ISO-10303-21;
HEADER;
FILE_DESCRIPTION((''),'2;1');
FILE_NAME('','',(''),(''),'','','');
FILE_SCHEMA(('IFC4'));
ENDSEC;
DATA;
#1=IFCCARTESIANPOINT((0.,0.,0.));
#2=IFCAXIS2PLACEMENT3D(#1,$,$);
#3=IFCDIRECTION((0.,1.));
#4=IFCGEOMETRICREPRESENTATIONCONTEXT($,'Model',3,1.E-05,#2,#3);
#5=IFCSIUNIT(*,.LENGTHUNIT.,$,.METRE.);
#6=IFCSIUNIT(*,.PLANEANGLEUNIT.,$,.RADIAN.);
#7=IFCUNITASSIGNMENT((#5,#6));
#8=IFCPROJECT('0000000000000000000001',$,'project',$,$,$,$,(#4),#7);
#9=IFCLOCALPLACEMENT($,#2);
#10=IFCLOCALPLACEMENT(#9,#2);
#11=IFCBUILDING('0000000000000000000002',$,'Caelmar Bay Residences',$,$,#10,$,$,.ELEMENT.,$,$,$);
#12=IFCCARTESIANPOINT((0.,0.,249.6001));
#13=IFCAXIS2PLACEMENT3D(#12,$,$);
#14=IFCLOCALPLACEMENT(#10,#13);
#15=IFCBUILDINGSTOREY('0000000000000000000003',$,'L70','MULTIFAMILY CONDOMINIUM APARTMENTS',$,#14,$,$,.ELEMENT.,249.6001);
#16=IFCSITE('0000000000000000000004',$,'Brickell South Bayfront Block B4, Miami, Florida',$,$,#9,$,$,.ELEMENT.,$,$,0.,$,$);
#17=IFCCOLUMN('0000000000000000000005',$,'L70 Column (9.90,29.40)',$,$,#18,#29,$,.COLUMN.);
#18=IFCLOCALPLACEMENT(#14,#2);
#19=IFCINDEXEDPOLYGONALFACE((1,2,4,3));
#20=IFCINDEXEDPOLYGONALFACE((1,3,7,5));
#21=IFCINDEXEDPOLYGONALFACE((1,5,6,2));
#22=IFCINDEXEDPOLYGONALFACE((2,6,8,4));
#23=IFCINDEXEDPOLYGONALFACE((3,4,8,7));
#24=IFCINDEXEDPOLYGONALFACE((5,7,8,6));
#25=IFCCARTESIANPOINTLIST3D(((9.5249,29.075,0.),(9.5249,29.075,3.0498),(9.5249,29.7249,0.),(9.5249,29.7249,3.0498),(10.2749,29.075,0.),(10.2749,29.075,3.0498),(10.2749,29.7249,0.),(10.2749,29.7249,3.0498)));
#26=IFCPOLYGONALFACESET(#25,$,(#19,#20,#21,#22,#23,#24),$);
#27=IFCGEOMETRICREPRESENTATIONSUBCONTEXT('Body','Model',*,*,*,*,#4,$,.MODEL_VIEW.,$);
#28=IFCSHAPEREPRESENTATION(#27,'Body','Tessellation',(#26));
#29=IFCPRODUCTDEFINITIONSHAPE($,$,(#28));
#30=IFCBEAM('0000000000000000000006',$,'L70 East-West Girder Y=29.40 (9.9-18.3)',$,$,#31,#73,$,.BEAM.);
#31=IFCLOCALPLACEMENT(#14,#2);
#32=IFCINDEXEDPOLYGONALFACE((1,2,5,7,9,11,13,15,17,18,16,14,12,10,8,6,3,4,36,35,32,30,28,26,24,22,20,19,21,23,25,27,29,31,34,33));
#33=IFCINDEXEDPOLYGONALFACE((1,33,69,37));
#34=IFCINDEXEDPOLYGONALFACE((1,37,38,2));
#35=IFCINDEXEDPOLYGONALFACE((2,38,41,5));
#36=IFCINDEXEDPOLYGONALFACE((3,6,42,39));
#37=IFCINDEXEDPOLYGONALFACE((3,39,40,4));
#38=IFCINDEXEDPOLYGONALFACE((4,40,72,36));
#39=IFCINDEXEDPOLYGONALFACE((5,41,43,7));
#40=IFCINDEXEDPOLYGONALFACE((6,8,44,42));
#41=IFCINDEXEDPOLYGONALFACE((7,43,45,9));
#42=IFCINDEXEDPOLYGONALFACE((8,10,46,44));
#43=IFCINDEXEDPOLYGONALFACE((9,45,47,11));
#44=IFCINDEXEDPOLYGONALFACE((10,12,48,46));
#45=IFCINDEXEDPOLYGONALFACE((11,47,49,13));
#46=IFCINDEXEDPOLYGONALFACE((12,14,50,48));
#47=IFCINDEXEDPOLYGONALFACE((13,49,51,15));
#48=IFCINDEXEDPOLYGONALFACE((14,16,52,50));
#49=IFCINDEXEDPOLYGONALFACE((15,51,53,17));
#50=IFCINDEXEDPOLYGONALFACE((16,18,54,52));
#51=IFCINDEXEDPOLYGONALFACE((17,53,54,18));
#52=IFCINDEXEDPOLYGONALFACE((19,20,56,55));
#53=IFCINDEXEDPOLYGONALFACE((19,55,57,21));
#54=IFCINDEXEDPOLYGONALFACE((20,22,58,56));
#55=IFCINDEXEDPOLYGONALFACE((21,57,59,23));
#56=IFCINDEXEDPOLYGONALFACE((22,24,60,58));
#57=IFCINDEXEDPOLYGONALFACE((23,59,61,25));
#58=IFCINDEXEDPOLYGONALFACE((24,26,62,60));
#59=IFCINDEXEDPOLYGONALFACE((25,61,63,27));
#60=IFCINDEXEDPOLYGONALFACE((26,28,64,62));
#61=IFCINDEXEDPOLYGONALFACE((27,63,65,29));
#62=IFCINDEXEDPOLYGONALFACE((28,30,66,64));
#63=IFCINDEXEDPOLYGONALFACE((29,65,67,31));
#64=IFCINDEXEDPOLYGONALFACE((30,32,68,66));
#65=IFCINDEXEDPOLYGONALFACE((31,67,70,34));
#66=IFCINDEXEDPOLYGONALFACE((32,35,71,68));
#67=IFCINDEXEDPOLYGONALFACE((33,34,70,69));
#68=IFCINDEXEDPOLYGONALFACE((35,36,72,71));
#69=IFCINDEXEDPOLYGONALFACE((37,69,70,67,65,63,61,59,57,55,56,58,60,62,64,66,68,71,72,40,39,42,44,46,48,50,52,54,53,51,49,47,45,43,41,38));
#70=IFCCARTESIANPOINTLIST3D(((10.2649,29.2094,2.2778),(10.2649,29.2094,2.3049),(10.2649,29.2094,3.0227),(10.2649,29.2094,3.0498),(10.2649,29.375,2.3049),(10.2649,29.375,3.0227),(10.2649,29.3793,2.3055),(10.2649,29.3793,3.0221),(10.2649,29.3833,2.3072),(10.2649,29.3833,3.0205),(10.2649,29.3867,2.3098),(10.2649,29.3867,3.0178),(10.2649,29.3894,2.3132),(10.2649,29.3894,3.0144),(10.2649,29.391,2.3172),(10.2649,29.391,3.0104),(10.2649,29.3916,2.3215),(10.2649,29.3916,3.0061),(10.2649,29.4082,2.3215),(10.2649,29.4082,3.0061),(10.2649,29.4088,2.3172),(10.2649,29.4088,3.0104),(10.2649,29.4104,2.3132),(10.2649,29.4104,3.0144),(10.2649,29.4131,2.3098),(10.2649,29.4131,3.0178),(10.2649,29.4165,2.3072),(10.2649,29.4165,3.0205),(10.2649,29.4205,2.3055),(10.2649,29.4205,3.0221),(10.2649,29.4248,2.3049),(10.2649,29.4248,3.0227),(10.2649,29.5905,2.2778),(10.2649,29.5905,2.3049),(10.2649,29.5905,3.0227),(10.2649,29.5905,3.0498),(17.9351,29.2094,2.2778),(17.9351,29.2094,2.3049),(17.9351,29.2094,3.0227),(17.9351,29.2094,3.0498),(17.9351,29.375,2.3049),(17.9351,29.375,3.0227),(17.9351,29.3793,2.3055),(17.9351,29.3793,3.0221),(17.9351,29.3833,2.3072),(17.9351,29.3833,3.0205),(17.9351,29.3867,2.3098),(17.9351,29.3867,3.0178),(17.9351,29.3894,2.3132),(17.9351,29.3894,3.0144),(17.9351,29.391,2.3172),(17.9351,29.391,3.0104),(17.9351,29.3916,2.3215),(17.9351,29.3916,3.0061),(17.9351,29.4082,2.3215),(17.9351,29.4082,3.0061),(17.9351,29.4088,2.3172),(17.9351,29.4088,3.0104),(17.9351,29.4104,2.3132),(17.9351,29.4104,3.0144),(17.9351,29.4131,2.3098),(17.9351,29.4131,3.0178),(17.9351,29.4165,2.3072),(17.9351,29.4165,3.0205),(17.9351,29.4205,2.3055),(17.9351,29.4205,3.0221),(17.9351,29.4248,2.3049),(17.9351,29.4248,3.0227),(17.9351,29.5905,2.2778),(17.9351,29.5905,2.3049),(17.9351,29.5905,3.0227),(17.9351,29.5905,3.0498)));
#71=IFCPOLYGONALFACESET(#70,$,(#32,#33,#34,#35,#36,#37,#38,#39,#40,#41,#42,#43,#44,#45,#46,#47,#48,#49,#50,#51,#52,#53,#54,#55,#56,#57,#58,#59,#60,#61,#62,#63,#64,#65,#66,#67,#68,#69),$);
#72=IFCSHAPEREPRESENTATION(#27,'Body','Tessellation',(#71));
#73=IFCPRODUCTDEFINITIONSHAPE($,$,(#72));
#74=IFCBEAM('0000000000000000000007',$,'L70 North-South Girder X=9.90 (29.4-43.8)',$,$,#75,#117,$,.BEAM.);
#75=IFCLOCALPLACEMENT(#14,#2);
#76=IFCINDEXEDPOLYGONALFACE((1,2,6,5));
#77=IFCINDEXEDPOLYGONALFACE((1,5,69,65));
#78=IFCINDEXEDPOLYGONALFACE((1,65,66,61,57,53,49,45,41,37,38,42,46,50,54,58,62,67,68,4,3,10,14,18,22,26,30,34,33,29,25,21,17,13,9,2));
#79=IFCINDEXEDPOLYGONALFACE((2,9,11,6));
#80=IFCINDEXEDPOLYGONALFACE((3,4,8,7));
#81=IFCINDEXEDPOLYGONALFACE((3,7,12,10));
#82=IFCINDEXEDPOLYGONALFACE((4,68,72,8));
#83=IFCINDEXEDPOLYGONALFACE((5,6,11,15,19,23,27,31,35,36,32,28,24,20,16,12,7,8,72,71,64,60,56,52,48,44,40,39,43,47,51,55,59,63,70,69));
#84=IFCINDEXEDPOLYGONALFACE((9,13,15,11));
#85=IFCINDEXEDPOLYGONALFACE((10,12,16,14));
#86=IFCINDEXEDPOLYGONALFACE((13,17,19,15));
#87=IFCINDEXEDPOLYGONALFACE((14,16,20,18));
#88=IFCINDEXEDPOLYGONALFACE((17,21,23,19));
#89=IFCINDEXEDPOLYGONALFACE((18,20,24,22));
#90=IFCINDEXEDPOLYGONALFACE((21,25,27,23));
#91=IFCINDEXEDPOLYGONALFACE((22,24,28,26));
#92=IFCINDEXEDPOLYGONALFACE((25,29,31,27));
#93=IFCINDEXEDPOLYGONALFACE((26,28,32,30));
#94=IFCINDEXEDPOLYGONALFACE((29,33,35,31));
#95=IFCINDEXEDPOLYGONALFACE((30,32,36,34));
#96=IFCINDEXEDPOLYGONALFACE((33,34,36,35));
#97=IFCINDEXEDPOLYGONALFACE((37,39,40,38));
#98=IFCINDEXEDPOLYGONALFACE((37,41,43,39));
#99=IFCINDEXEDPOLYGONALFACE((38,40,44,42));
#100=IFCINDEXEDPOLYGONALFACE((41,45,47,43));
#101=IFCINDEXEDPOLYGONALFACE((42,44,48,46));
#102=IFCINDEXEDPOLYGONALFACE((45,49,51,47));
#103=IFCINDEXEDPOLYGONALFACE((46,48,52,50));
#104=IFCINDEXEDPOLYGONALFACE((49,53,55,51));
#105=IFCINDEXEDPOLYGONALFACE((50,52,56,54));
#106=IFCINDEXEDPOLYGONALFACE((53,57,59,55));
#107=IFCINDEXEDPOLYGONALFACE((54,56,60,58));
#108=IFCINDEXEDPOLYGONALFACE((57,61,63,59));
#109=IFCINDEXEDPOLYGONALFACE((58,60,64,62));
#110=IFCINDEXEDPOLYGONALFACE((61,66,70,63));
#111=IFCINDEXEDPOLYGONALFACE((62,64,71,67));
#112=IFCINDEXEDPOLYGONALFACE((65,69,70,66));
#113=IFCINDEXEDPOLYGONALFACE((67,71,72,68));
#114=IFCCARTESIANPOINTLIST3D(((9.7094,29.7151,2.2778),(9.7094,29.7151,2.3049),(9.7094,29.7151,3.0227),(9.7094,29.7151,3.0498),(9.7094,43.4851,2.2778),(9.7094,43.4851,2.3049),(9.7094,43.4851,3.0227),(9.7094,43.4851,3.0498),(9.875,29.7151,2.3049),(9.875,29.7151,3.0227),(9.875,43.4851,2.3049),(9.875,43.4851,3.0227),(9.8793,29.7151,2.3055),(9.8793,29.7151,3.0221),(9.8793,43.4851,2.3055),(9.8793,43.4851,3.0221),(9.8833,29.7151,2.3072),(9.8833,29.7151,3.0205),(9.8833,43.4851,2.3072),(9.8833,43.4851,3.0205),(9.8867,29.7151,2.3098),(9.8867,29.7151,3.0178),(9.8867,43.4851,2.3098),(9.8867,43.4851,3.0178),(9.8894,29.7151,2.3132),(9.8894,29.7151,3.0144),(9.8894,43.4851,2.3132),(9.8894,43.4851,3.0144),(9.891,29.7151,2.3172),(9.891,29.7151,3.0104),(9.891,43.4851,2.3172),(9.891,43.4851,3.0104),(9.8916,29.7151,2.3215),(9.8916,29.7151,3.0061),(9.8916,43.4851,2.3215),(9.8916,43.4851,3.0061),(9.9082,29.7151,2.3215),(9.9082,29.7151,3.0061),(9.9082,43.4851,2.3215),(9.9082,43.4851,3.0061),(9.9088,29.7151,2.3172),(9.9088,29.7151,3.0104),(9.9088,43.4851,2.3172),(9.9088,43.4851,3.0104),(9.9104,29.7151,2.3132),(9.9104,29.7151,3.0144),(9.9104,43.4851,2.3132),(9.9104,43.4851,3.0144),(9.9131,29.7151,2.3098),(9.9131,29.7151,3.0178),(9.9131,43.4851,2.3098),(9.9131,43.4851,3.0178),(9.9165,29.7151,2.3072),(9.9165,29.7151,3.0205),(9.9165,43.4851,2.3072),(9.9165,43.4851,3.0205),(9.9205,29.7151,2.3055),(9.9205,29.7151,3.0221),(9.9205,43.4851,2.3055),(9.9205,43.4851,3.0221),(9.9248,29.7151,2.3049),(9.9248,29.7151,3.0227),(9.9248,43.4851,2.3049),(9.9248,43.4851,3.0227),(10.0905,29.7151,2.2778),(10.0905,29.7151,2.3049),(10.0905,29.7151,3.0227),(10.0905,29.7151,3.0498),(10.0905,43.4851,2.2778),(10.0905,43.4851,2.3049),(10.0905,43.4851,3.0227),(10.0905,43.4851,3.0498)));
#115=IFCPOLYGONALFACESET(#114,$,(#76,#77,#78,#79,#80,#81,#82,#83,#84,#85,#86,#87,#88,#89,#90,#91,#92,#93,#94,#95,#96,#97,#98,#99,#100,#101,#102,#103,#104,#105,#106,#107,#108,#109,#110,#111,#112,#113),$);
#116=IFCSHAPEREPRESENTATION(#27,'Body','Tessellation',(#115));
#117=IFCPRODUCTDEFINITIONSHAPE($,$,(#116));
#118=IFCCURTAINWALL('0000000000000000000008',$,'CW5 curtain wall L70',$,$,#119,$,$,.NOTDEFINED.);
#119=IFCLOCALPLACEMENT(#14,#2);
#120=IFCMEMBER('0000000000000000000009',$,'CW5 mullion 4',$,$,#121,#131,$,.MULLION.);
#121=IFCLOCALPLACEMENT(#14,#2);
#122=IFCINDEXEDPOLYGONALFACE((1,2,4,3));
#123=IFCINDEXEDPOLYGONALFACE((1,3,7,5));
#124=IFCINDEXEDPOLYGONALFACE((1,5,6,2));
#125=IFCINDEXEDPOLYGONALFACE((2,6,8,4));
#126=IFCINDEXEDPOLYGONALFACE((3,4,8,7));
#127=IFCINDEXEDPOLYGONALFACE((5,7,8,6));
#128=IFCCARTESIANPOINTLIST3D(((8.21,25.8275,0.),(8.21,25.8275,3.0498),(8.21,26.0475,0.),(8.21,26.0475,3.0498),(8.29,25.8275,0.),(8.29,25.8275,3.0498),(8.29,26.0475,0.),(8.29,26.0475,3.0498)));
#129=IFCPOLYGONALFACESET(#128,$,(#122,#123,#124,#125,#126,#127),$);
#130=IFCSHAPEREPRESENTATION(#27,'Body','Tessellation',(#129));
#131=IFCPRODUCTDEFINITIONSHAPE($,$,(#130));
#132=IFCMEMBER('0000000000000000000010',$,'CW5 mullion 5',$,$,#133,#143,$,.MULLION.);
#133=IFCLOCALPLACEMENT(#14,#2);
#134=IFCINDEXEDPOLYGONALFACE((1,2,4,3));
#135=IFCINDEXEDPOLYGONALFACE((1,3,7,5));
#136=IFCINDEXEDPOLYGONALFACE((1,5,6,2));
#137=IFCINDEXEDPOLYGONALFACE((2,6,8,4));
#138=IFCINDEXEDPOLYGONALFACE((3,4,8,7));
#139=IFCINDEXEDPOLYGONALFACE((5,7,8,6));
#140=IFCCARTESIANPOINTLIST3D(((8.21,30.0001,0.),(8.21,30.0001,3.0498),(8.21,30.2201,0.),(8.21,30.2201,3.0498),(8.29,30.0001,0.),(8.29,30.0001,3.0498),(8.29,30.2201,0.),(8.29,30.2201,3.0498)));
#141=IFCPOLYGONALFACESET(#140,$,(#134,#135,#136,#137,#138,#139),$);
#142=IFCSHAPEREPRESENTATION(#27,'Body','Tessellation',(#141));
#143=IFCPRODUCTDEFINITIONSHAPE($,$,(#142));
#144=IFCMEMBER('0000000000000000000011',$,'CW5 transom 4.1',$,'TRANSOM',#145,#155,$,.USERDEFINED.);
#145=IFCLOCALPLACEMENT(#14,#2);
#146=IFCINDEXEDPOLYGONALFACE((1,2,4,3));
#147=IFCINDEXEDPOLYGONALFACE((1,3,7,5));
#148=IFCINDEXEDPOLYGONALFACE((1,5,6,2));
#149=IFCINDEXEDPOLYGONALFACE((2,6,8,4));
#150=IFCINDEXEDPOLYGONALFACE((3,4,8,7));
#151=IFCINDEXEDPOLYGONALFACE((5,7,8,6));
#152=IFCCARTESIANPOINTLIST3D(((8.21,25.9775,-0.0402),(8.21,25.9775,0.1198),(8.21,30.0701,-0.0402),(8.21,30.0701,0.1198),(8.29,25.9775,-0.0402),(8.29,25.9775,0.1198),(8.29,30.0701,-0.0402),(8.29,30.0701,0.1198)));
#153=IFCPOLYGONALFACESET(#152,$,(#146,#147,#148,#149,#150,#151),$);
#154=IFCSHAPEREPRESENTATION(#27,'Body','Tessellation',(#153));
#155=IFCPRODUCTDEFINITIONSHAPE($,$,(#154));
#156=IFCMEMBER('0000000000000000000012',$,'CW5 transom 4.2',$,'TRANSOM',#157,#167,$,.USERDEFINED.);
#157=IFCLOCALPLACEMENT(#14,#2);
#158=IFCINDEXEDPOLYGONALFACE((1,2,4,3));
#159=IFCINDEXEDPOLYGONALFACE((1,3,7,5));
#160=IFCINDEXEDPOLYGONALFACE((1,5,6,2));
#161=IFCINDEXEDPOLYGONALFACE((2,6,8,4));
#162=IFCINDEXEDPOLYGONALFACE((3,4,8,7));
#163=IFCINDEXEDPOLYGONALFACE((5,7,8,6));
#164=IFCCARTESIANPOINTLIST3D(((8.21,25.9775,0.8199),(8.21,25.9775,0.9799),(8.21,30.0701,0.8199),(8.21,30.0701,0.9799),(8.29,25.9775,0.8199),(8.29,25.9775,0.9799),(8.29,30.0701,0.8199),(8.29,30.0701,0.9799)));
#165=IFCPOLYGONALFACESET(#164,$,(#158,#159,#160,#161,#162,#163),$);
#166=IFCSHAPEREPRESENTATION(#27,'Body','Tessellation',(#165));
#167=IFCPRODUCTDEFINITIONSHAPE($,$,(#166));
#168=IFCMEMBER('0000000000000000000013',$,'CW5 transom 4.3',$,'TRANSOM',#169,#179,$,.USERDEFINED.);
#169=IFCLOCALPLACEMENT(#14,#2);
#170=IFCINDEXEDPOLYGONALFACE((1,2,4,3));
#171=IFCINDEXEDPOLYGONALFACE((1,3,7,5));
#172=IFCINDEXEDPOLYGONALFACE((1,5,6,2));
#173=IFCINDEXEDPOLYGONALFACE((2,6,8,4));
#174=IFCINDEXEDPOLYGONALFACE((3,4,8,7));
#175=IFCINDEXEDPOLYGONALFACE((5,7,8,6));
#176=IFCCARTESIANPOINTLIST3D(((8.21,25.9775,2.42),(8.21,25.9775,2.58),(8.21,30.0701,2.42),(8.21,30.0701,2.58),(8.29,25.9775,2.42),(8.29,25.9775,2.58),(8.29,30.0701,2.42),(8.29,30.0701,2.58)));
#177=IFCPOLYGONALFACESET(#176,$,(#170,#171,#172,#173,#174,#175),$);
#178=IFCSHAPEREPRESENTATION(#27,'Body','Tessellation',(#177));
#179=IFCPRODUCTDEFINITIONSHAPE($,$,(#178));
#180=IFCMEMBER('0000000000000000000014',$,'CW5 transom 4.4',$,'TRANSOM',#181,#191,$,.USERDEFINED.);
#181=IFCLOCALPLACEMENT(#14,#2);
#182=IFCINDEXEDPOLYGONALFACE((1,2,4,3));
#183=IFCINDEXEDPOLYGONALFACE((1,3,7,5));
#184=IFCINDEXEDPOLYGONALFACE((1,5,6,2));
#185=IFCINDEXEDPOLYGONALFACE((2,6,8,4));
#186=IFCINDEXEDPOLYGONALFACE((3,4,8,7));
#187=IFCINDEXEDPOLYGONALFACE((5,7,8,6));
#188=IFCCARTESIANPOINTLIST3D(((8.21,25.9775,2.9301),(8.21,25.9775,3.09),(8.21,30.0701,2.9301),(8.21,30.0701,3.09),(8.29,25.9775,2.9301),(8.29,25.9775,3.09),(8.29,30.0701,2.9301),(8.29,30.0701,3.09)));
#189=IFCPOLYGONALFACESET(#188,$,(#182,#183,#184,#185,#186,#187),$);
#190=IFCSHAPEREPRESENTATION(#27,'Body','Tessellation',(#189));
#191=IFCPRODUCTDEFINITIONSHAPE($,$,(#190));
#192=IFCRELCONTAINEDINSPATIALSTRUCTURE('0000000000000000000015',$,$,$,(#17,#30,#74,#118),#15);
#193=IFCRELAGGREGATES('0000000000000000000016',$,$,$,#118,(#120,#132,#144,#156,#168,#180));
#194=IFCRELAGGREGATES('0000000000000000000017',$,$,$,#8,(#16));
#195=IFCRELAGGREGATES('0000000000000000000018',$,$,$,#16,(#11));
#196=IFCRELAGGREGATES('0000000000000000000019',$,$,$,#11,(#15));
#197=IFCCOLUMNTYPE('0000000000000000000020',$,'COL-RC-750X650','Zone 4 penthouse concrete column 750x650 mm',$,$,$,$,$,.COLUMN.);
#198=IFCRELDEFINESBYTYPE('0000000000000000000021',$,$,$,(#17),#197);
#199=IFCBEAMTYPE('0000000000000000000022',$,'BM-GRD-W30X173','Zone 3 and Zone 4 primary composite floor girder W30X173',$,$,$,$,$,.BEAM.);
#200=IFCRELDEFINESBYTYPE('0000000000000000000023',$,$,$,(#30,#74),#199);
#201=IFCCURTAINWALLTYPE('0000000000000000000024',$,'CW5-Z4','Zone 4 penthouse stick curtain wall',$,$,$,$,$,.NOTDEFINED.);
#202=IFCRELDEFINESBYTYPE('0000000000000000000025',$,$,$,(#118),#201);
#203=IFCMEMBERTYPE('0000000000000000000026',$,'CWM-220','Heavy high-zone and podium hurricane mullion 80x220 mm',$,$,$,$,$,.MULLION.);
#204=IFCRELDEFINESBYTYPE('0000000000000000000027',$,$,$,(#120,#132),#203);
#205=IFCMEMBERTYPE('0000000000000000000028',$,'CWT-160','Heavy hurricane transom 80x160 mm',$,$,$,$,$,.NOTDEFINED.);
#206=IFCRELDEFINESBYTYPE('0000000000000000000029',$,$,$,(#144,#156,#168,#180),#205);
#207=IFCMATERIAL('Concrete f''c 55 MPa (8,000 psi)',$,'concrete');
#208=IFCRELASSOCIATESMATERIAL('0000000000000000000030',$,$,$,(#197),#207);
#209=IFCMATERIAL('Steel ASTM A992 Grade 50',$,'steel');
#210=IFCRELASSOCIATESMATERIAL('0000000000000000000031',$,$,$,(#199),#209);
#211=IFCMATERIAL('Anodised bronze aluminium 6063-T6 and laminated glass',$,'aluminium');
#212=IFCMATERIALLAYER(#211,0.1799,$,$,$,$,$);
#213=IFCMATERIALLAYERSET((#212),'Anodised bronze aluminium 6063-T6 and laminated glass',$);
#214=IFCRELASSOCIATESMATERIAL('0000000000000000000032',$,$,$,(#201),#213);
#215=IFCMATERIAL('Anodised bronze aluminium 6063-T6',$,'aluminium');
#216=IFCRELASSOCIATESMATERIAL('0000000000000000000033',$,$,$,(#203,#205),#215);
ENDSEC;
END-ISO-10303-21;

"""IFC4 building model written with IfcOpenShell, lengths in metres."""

from ifc_helpers import new_model, si_unit, direction, frame, origin, origin_2d, place, context, subcontext, project, spatial, rectangle, i_section, extrude, material, layer, layer_set, material_profile, profile_set, type_object, element, aggregate, save


model = new_model("IFC4")

# Units and contexts
model_context = context("Model", 3, precision=1e-05, world=origin(), true_north=direction((0.0, 1.0)))
body_context = subcontext(model_context, "Body", "Model", "MODEL_VIEW")
ifc_project = project(units=[si_unit("LENGTHUNIT", "METRE"), si_unit("PLANEANGLEUNIT", "RADIAN")], contexts=[model_context])

# Site, building, storey
site_placement = place(None, origin())
site = spatial("IfcSite", under=ifc_project, at=site_placement, Name="Brickell South Bayfront Block B4, Miami, Florida", CompositionType="ELEMENT", RefElevation=0.0)
building_placement = place(site_placement, origin())
building = spatial("IfcBuilding", under=site, at=building_placement, Name="Caelmar Bay Residences", CompositionType="ELEMENT")
storey_placement = place(building_placement, frame((0.0, 0.0, 249.6001)))
storey = spatial("IfcBuildingStorey", under=building, at=storey_placement, Name="L70", Description="MULTIFAMILY CONDOMINIUM APARTMENTS", CompositionType="ELEMENT", Elevation=249.6001)

# Column
ifc_material_1 = material(Name="Concrete f'c 55 MPa (8,000 psi)", Category="concrete")
ifc_material_profile_1 = material_profile(ifc_material_1, rectangle(XDim=0.75, YDim=0.6499, at=origin_2d()), Name="RC-COL-750X650")
ifc_profile_set_1 = profile_set([ifc_material_profile_1], Name="Concrete f'c 55 MPa (8,000 psi)")
column_type = type_object("IfcColumnType", Name="COL-RC-750X650", Description="Zone 4 penthouse concrete column 750x650 mm", PredefinedType="COLUMN", material=ifc_profile_set_1)
column_placement = place(storey_placement, frame((9.8999, 29.3999, 0.0), z_axis=(0.0, 0.0, 1.0), x_axis=(1.0, 0.0, 0.0)))
element("IfcColumn", 1, at=column_placement, inside=storey, type_object=column_type, Name="L70 Column (9.90,29.40)", PredefinedType="COLUMN", context=body_context, shape_type="SweptSolid", body=[
    extrude(rectangle(XDim=0.75, YDim=0.6499, at=origin_2d()), origin(), (0.0, 0.0, 1.0), 3.0498),
])

# Beams
ifc_material_2 = material(Name="Steel ASTM A992 Grade 50", Category="steel")
ifc_material_profile_2 = material_profile(ifc_material_2, i_section(OverallWidth=0.3811, OverallDepth=0.772, WebThickness=0.0166, FlangeThickness=0.0271, FilletRadius=0.0166, at=origin_2d()), Name="W30X173")
ifc_profile_set_2 = profile_set([ifc_material_profile_2], Name="Steel ASTM A992 Grade 50")
beam_type = type_object("IfcBeamType", Name="BM-GRD-W30X173", Description="Zone 3 and Zone 4 primary composite floor girder W30X173", PredefinedType="BEAM", material=ifc_profile_set_2)
beam_1_placement = place(storey_placement, frame((10.2649, 29.3999, 2.6638), z_axis=(1.0, 0.0, 0.0), x_axis=(0.0, 1.0, 0.0)))
element("IfcBeam", 2, at=beam_1_placement, inside=storey, type_object=beam_type, Name="L70 East-West Girder Y=29.40 (9.9-18.3)", PredefinedType="BEAM", context=body_context, shape_type="SweptSolid", body=[
    extrude(i_section(OverallWidth=0.3811, OverallDepth=0.772, WebThickness=0.0166, FlangeThickness=0.0271, FilletRadius=0.0166, at=origin_2d()), origin(), (0.0, 0.0, 1.0), 7.6702),
])
beam_2_placement = place(storey_placement, frame((9.8999, 29.7151, 2.6638), z_axis=(0.0, 1.0, 0.0), x_axis=(-1.0, 0.0, 0.0)))
element("IfcBeam", 3, at=beam_2_placement, inside=storey, type_object=beam_type, Name="L70 North-South Girder X=9.90 (29.4-43.8)", PredefinedType="BEAM", context=body_context, shape_type="SweptSolid", body=[
    extrude(i_section(OverallWidth=0.3811, OverallDepth=0.772, WebThickness=0.0166, FlangeThickness=0.0271, FilletRadius=0.0166, at=origin_2d()), origin(), (0.0, 0.0, 1.0), 13.77),
])

# Curtain wall, members
ifc_material_3 = material(Name="Anodised bronze aluminium 6063-T6 and laminated glass", Category="aluminium")
ifc_layer_1 = layer(ifc_material_3, 0.1799)
ifc_layer_set_1 = layer_set([ifc_layer_1], Name="Anodised bronze aluminium 6063-T6 and laminated glass")
curtain_wall_type = type_object("IfcCurtainWallType", Name="CW5-Z4", Description="Zone 4 penthouse stick curtain wall", PredefinedType="NOTDEFINED", material=ifc_layer_set_1)
curtain_wall_placement = place(storey_placement, origin())
curtain_wall = element("IfcCurtainWall", 4, at=curtain_wall_placement, inside=storey, type_object=curtain_wall_type, Name="CW5 curtain wall L70", PredefinedType="NOTDEFINED")
ifc_material_4 = material(Name="Anodised bronze aluminium 6063-T6", Category="aluminium")
ifc_material_profile_3 = material_profile(ifc_material_4, rectangle(XDim=0.0801, YDim=0.22, at=origin_2d()), Name="CWM-80X220")
ifc_profile_set_3 = profile_set([ifc_material_profile_3], Name="Anodised bronze aluminium 6063-T6")
member_type_1 = type_object("IfcMemberType", Name="CWM-220", Description="Heavy high-zone and podium hurricane mullion 80x220 mm", PredefinedType="MULLION", material=ifc_profile_set_3)
member_1_placement = place(storey_placement, frame((8.25, 25.9375, 0.0), z_axis=(0.0, 0.0, 1.0), x_axis=(-1.0, 0.0, 0.0)))
member_1 = element("IfcMember", 5, at=member_1_placement, type_object=member_type_1, Name="CW5 mullion 4", PredefinedType="MULLION", context=body_context, shape_type="SweptSolid", body=[
    extrude(rectangle(XDim=0.0801, YDim=0.22, at=origin_2d()), origin(), (0.0, 0.0, 1.0), 3.0498),
])
member_2_placement = place(storey_placement, frame((8.25, 30.1101, 0.0), z_axis=(0.0, 0.0, 1.0), x_axis=(-1.0, 0.0, 0.0)))
member_2 = element("IfcMember", 6, at=member_2_placement, type_object=member_type_1, Name="CW5 mullion 5", PredefinedType="MULLION", context=body_context, shape_type="SweptSolid", body=[
    extrude(rectangle(XDim=0.0801, YDim=0.22, at=origin_2d()), origin(), (0.0, 0.0, 1.0), 3.0498),
])
ifc_material_profile_4 = material_profile(ifc_material_4, rectangle(XDim=0.0801, YDim=0.1599, at=origin_2d()), Name="CWT-80X160")
ifc_profile_set_4 = profile_set([ifc_material_profile_4], Name="Anodised bronze aluminium 6063-T6")
member_type_2 = type_object("IfcMemberType", Name="CWT-160", Description="Heavy hurricane transom 80x160 mm", PredefinedType="NOTDEFINED", material=ifc_profile_set_4)
member_3_placement = place(storey_placement, frame((8.25, 25.9775, 0.0398), z_axis=(0.0, 1.0, 0.0), x_axis=(-1.0, 0.0, 0.0)))
member_3 = element("IfcMember", 7, at=member_3_placement, type_object=member_type_2, Name="CW5 transom 4.1", ObjectType="TRANSOM", PredefinedType="USERDEFINED", context=body_context, shape_type="SweptSolid", body=[
    extrude(rectangle(XDim=0.0801, YDim=0.1599, at=origin_2d()), origin(), (0.0, 0.0, 1.0), 4.0925),
])
member_4_placement = place(storey_placement, frame((8.25, 25.9775, 0.8999), z_axis=(0.0, 1.0, 0.0), x_axis=(-1.0, 0.0, 0.0)))
member_4 = element("IfcMember", 8, at=member_4_placement, type_object=member_type_2, Name="CW5 transom 4.2", ObjectType="TRANSOM", PredefinedType="USERDEFINED", context=body_context, shape_type="SweptSolid", body=[
    extrude(rectangle(XDim=0.0801, YDim=0.1599, at=origin_2d()), origin(), (0.0, 0.0, 1.0), 4.0925),
])
member_5_placement = place(storey_placement, frame((8.25, 25.9775, 2.5), z_axis=(0.0, 1.0, 0.0), x_axis=(-1.0, 0.0, 0.0)))
member_5 = element("IfcMember", 9, at=member_5_placement, type_object=member_type_2, Name="CW5 transom 4.3", ObjectType="TRANSOM", PredefinedType="USERDEFINED", context=body_context, shape_type="SweptSolid", body=[
    extrude(rectangle(XDim=0.0801, YDim=0.1599, at=origin_2d()), origin(), (0.0, 0.0, 1.0), 4.0925),
])
member_6_placement = place(storey_placement, frame((8.25, 25.9775, 3.01), z_axis=(0.0, 1.0, 0.0), x_axis=(-1.0, 0.0, 0.0)))
member_6 = element("IfcMember", 10, at=member_6_placement, type_object=member_type_2, Name="CW5 transom 4.4", ObjectType="TRANSOM", PredefinedType="USERDEFINED", context=body_context, shape_type="SweptSolid", body=[
    extrude(rectangle(XDim=0.0801, YDim=0.1599, at=origin_2d()), origin(), (0.0, 0.0, 1.0), 4.0925),
])
aggregate(curtain_wall, [member_1, member_2, member_3, member_4, member_5, member_6])

save(model, "model.ifc")
